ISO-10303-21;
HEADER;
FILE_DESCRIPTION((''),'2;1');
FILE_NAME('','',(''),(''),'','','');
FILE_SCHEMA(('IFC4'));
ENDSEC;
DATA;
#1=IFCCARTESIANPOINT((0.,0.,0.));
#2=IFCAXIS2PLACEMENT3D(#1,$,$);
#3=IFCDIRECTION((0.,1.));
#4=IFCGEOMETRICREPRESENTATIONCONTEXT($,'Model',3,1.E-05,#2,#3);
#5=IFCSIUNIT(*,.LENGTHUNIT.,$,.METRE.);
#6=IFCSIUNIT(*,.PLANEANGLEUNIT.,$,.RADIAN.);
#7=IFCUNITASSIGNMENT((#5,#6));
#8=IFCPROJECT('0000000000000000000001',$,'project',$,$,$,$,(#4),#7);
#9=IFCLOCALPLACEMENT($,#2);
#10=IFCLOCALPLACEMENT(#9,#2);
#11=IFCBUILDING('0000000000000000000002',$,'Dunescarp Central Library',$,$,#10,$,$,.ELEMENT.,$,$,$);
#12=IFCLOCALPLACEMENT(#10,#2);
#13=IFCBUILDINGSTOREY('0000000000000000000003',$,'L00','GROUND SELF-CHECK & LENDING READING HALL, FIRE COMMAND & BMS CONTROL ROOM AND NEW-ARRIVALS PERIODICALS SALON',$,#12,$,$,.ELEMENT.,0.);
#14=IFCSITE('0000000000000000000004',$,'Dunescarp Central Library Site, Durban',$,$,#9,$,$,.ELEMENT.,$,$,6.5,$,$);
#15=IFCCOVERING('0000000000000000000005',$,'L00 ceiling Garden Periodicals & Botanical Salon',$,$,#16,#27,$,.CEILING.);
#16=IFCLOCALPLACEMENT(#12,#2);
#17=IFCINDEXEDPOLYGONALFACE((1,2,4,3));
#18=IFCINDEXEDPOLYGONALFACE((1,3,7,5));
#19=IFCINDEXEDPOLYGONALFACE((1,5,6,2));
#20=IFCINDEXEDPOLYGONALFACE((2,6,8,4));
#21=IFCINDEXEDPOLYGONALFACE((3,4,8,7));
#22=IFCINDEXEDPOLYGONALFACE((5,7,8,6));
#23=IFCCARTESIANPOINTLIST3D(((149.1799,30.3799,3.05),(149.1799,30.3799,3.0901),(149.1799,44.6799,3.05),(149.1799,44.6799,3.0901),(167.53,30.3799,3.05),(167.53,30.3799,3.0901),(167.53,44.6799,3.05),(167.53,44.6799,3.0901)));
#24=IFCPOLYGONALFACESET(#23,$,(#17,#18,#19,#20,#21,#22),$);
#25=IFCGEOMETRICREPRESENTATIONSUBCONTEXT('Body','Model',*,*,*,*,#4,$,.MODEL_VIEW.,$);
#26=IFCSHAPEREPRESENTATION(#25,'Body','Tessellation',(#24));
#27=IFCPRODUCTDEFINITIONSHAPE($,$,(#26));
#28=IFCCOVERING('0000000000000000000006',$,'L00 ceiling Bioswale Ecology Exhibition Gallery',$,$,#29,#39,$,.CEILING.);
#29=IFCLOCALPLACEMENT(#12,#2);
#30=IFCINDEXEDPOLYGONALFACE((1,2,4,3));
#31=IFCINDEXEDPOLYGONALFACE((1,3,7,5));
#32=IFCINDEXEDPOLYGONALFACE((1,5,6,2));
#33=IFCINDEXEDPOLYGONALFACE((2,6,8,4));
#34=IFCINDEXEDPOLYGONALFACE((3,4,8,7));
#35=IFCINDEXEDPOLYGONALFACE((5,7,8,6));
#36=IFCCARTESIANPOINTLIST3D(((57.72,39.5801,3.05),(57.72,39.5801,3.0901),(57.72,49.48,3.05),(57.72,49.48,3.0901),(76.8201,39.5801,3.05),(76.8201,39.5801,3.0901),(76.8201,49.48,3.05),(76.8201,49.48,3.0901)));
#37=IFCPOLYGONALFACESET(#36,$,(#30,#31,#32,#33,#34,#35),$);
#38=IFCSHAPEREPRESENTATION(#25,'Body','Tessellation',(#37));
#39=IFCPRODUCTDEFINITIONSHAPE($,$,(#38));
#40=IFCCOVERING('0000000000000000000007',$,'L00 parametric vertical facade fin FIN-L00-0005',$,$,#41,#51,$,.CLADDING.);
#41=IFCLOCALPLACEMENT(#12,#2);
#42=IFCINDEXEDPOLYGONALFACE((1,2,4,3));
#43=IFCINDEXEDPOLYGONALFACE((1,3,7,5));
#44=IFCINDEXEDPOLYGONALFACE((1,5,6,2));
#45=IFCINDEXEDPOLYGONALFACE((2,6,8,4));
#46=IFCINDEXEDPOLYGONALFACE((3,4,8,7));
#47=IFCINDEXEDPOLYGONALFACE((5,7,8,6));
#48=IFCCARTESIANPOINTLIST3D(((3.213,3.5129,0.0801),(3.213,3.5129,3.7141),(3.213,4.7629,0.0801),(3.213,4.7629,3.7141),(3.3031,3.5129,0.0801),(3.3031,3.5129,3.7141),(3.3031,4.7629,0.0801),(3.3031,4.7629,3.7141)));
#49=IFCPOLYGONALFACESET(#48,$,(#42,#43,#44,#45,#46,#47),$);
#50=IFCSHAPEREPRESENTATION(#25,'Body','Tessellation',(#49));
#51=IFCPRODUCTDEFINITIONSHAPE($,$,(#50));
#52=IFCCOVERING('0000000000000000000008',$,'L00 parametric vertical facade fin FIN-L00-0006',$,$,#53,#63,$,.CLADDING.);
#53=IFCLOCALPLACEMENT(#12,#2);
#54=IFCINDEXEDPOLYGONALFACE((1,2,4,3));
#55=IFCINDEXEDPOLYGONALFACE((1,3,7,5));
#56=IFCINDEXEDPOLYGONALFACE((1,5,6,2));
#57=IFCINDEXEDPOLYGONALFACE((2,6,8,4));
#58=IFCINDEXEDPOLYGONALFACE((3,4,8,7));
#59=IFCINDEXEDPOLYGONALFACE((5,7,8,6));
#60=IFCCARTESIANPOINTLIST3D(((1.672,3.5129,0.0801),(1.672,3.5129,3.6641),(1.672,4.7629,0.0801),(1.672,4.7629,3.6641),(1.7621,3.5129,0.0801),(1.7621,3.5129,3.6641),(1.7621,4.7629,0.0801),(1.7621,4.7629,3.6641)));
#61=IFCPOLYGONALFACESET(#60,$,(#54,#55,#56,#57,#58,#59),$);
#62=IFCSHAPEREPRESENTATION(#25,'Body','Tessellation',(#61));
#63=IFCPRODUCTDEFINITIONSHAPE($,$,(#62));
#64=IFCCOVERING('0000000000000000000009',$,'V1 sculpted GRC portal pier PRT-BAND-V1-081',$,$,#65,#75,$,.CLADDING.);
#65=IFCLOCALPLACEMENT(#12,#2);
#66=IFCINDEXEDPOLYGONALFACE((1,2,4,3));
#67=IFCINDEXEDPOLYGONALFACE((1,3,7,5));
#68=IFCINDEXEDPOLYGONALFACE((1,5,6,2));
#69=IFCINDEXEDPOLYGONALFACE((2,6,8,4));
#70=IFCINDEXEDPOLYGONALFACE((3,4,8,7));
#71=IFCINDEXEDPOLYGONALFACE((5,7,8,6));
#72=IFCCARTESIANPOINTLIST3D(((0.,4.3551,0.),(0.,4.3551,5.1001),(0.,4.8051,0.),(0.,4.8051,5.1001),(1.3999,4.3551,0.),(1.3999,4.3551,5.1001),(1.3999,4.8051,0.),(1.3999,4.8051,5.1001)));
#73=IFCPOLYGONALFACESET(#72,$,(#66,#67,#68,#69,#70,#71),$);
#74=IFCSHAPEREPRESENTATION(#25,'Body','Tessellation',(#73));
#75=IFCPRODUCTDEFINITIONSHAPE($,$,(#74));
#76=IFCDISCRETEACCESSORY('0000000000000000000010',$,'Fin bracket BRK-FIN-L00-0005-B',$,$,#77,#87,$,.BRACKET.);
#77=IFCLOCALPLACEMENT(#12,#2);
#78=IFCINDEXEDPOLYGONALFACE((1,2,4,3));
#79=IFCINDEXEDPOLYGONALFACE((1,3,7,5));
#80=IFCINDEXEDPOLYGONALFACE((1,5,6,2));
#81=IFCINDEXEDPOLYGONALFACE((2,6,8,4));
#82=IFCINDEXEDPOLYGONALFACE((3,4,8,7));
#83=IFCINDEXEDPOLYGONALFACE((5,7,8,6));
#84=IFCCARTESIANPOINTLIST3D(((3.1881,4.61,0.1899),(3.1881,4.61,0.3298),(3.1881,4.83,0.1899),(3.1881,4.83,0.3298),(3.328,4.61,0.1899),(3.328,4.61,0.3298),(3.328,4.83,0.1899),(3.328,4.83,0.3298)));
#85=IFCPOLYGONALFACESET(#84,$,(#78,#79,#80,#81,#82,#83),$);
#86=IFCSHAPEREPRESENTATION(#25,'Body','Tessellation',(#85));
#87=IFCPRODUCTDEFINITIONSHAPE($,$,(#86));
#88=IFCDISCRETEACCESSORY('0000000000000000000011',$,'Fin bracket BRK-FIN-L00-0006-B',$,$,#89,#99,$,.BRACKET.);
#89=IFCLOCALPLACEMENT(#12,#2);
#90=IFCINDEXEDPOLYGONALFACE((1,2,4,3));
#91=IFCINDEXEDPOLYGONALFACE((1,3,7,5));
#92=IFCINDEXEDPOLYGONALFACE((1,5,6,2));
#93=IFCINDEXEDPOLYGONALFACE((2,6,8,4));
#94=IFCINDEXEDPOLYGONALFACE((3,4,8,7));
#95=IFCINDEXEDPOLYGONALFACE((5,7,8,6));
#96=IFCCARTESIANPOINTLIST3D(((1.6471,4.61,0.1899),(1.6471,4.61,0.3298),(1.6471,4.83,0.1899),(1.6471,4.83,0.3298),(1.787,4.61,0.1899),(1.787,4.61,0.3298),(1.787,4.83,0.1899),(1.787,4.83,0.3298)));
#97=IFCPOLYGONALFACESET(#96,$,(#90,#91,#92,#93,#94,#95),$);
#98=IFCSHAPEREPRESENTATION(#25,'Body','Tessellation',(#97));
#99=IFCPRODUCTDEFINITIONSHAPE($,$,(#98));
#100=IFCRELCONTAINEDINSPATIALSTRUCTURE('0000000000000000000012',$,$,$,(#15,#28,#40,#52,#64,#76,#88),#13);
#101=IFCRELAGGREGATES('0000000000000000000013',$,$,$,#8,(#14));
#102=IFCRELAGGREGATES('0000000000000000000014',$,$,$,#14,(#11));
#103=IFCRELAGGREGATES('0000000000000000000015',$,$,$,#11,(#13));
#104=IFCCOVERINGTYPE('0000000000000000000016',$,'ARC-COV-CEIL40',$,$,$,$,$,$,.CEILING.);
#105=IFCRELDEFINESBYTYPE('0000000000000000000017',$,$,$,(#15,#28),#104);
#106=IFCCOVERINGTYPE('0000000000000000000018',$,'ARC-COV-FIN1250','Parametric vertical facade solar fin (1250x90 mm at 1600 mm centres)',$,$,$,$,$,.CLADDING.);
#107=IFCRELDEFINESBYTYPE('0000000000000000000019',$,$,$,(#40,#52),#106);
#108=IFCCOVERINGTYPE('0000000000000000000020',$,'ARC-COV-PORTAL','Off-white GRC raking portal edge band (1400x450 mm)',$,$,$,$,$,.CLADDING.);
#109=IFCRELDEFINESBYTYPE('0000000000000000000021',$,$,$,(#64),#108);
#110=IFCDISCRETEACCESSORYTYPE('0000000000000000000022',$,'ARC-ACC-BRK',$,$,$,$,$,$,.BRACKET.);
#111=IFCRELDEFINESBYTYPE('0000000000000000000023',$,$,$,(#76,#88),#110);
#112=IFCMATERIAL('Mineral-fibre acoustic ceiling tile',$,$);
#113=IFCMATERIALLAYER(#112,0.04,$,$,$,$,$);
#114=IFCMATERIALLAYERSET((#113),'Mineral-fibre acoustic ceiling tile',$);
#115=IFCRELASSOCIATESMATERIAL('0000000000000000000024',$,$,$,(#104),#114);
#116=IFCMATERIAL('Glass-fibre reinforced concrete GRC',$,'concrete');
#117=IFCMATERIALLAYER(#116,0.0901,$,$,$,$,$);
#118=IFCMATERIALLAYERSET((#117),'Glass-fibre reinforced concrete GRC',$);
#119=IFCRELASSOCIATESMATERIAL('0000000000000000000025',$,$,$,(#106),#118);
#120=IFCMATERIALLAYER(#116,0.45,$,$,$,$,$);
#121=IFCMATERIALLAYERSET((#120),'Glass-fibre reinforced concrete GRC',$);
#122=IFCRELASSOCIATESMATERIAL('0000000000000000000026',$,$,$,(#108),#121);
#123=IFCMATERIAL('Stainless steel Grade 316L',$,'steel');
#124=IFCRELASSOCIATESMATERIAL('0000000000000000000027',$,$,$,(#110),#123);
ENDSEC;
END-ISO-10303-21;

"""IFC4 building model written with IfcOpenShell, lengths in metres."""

from ifc_helpers import new_model, si_unit, direction, frame, origin, origin_2d, place, context, subcontext, project, spatial, polyline, rectangle, outline, extrude, material, layer, layer_set, type_object, element, save


model = new_model("IFC4")

# Units and contexts
model_context = context("Model", 3, precision=1e-05, world=origin(), true_north=direction((0.0, 1.0)))
body_context = subcontext(model_context, "Body", "Model", "MODEL_VIEW")
ifc_project = project(units=[si_unit("LENGTHUNIT", "METRE"), si_unit("PLANEANGLEUNIT", "RADIAN")], contexts=[model_context])

# Site, building, storey
site_placement = place(None, origin())
site = spatial("IfcSite", under=ifc_project, at=site_placement, Name="Dunescarp Central Library Site, Durban", CompositionType="ELEMENT", RefElevation=6.5)
building_placement = place(site_placement, origin())
building = spatial("IfcBuilding", under=site, at=building_placement, Name="Dunescarp Central Library", CompositionType="ELEMENT")
storey_placement = place(building_placement, origin())
storey = spatial("IfcBuildingStorey", under=building, at=storey_placement, Name="L00", Description="GROUND SELF-CHECK & LENDING READING HALL, FIRE COMMAND & BMS CONTROL ROOM AND NEW-ARRIVALS PERIODICALS SALON", CompositionType="ELEMENT", Elevation=0.0)

# Coverings
ifc_material_1 = material(Name="Mineral-fibre acoustic ceiling tile")
ifc_layer_1 = layer(ifc_material_1, 0.04)
ifc_layer_set_1 = layer_set([ifc_layer_1], Name="Mineral-fibre acoustic ceiling tile")
covering_type_1 = type_object("IfcCoveringType", Name="ARC-COV-CEIL40", PredefinedType="CEILING", material=ifc_layer_set_1)
covering_1_placement = place(storey_placement, frame((0.0, 0.0, 3.05)))
element("IfcCovering", 1, at=covering_1_placement, inside=storey, type_object=covering_type_1, Name="L00 ceiling Garden Periodicals & Botanical Salon", PredefinedType="CEILING", context=body_context, shape_type="SweptSolid", body=[
    extrude(outline(polyline([(149.1799, 30.3799), (167.53, 30.3799), (167.53, 44.6799), (149.1799, 44.6799), (149.1799, 30.3799)])), origin(), (0.0, 0.0, 1.0), 0.04),
])
covering_2_placement = place(storey_placement, frame((0.0, 0.0, 3.05)))
element("IfcCovering", 2, at=covering_2_placement, inside=storey, type_object=covering_type_1, Name="L00 ceiling Bioswale Ecology Exhibition Gallery", PredefinedType="CEILING", context=body_context, shape_type="SweptSolid", body=[
    extrude(outline(polyline([(57.72, 39.5801), (76.8201, 39.5801), (76.8201, 49.48), (57.72, 49.48), (57.72, 39.5801)])), origin(), (0.0, 0.0, 1.0), 0.04),
])
ifc_material_2 = material(Name="Glass-fibre reinforced concrete GRC", Category="concrete")
ifc_layer_2 = layer(ifc_material_2, 0.0901)
ifc_layer_set_2 = layer_set([ifc_layer_2], Name="Glass-fibre reinforced concrete GRC")
covering_type_2 = type_object("IfcCoveringType", Name="ARC-COV-FIN1250", Description="Parametric vertical facade solar fin (1250x90 mm at 1600 mm centres)", PredefinedType="CLADDING", material=ifc_layer_set_2)
covering_3_placement = place(storey_placement, frame((3.2581, 4.1379, 0.0801), z_axis=(0.0, 0.0, 1.0), x_axis=(0.0, -1.0, 0.0)))
element("IfcCovering", 3, at=covering_3_placement, inside=storey, type_object=covering_type_2, Name="L00 parametric vertical facade fin FIN-L00-0005", PredefinedType="CLADDING", context=body_context, shape_type="SweptSolid", body=[
    extrude(rectangle(XDim=1.25, YDim=0.0901, at=origin_2d()), origin(), (0.0, 0.0, 1.0), 3.634),
])
covering_4_placement = place(storey_placement, frame((1.717, 4.1379, 0.0801), z_axis=(0.0, 0.0, 1.0), x_axis=(0.0, -1.0, 0.0)))
element("IfcCovering", 4, at=covering_4_placement, inside=storey, type_object=covering_type_2, Name="L00 parametric vertical facade fin FIN-L00-0006", PredefinedType="CLADDING", context=body_context, shape_type="SweptSolid", body=[
    extrude(rectangle(XDim=1.25, YDim=0.0901, at=origin_2d()), origin(), (0.0, 0.0, 1.0), 3.584),
])
ifc_layer_3 = layer(ifc_material_2, 0.45)
ifc_layer_set_3 = layer_set([ifc_layer_3], Name="Glass-fibre reinforced concrete GRC")
covering_type_3 = type_object("IfcCoveringType", Name="ARC-COV-PORTAL", Description="Off-white GRC raking portal edge band (1400x450 mm)", PredefinedType="CLADDING", material=ifc_layer_set_3)
covering_5_placement = place(storey_placement, frame((0.7, 4.5801, 0.0), z_axis=(0.0, 0.0, 1.0), x_axis=(1.0, 0.0, 0.0)))
element("IfcCovering", 5, at=covering_5_placement, inside=storey, type_object=covering_type_3, Name="V1 sculpted GRC portal pier PRT-BAND-V1-081", PredefinedType="CLADDING", context=body_context, shape_type="SweptSolid", body=[
    extrude(rectangle(XDim=1.3999, YDim=0.45, at=origin_2d()), origin(), (0.0, 0.0, 1.0), 5.1001),
])

# Discrete accessories
ifc_material_3 = material(Name="Stainless steel Grade 316L", Category="steel")
discrete_accessory_type = type_object("IfcDiscreteAccessoryType", Name="ARC-ACC-BRK", PredefinedType="BRACKET", material=ifc_material_3)
for number, where, z_axis, x_axis, name in (
    (6, (3.2581, 4.72, 0.1899), (0.0, 0.0, 1.0), (0.0, -1.0, 0.0), "Fin bracket BRK-FIN-L00-0005-B"),
    (7, (1.717, 4.72, 0.1899), (0.0, 0.0, 1.0), (0.0, -1.0, 0.0), "Fin bracket BRK-FIN-L00-0006-B"),
):
    element("IfcDiscreteAccessory", number, at=place(storey_placement, frame(where, z_axis=z_axis, x_axis=x_axis)), inside=storey, type_object=discrete_accessory_type, Name=name, PredefinedType="BRACKET", context=body_context, shape_type="SweptSolid", body=[
        extrude(rectangle(XDim=0.22, YDim=0.1399, at=origin_2d()), origin(), (0.0, 0.0, 1.0), 0.1399),
    ])

save(model, "model.ifc")
